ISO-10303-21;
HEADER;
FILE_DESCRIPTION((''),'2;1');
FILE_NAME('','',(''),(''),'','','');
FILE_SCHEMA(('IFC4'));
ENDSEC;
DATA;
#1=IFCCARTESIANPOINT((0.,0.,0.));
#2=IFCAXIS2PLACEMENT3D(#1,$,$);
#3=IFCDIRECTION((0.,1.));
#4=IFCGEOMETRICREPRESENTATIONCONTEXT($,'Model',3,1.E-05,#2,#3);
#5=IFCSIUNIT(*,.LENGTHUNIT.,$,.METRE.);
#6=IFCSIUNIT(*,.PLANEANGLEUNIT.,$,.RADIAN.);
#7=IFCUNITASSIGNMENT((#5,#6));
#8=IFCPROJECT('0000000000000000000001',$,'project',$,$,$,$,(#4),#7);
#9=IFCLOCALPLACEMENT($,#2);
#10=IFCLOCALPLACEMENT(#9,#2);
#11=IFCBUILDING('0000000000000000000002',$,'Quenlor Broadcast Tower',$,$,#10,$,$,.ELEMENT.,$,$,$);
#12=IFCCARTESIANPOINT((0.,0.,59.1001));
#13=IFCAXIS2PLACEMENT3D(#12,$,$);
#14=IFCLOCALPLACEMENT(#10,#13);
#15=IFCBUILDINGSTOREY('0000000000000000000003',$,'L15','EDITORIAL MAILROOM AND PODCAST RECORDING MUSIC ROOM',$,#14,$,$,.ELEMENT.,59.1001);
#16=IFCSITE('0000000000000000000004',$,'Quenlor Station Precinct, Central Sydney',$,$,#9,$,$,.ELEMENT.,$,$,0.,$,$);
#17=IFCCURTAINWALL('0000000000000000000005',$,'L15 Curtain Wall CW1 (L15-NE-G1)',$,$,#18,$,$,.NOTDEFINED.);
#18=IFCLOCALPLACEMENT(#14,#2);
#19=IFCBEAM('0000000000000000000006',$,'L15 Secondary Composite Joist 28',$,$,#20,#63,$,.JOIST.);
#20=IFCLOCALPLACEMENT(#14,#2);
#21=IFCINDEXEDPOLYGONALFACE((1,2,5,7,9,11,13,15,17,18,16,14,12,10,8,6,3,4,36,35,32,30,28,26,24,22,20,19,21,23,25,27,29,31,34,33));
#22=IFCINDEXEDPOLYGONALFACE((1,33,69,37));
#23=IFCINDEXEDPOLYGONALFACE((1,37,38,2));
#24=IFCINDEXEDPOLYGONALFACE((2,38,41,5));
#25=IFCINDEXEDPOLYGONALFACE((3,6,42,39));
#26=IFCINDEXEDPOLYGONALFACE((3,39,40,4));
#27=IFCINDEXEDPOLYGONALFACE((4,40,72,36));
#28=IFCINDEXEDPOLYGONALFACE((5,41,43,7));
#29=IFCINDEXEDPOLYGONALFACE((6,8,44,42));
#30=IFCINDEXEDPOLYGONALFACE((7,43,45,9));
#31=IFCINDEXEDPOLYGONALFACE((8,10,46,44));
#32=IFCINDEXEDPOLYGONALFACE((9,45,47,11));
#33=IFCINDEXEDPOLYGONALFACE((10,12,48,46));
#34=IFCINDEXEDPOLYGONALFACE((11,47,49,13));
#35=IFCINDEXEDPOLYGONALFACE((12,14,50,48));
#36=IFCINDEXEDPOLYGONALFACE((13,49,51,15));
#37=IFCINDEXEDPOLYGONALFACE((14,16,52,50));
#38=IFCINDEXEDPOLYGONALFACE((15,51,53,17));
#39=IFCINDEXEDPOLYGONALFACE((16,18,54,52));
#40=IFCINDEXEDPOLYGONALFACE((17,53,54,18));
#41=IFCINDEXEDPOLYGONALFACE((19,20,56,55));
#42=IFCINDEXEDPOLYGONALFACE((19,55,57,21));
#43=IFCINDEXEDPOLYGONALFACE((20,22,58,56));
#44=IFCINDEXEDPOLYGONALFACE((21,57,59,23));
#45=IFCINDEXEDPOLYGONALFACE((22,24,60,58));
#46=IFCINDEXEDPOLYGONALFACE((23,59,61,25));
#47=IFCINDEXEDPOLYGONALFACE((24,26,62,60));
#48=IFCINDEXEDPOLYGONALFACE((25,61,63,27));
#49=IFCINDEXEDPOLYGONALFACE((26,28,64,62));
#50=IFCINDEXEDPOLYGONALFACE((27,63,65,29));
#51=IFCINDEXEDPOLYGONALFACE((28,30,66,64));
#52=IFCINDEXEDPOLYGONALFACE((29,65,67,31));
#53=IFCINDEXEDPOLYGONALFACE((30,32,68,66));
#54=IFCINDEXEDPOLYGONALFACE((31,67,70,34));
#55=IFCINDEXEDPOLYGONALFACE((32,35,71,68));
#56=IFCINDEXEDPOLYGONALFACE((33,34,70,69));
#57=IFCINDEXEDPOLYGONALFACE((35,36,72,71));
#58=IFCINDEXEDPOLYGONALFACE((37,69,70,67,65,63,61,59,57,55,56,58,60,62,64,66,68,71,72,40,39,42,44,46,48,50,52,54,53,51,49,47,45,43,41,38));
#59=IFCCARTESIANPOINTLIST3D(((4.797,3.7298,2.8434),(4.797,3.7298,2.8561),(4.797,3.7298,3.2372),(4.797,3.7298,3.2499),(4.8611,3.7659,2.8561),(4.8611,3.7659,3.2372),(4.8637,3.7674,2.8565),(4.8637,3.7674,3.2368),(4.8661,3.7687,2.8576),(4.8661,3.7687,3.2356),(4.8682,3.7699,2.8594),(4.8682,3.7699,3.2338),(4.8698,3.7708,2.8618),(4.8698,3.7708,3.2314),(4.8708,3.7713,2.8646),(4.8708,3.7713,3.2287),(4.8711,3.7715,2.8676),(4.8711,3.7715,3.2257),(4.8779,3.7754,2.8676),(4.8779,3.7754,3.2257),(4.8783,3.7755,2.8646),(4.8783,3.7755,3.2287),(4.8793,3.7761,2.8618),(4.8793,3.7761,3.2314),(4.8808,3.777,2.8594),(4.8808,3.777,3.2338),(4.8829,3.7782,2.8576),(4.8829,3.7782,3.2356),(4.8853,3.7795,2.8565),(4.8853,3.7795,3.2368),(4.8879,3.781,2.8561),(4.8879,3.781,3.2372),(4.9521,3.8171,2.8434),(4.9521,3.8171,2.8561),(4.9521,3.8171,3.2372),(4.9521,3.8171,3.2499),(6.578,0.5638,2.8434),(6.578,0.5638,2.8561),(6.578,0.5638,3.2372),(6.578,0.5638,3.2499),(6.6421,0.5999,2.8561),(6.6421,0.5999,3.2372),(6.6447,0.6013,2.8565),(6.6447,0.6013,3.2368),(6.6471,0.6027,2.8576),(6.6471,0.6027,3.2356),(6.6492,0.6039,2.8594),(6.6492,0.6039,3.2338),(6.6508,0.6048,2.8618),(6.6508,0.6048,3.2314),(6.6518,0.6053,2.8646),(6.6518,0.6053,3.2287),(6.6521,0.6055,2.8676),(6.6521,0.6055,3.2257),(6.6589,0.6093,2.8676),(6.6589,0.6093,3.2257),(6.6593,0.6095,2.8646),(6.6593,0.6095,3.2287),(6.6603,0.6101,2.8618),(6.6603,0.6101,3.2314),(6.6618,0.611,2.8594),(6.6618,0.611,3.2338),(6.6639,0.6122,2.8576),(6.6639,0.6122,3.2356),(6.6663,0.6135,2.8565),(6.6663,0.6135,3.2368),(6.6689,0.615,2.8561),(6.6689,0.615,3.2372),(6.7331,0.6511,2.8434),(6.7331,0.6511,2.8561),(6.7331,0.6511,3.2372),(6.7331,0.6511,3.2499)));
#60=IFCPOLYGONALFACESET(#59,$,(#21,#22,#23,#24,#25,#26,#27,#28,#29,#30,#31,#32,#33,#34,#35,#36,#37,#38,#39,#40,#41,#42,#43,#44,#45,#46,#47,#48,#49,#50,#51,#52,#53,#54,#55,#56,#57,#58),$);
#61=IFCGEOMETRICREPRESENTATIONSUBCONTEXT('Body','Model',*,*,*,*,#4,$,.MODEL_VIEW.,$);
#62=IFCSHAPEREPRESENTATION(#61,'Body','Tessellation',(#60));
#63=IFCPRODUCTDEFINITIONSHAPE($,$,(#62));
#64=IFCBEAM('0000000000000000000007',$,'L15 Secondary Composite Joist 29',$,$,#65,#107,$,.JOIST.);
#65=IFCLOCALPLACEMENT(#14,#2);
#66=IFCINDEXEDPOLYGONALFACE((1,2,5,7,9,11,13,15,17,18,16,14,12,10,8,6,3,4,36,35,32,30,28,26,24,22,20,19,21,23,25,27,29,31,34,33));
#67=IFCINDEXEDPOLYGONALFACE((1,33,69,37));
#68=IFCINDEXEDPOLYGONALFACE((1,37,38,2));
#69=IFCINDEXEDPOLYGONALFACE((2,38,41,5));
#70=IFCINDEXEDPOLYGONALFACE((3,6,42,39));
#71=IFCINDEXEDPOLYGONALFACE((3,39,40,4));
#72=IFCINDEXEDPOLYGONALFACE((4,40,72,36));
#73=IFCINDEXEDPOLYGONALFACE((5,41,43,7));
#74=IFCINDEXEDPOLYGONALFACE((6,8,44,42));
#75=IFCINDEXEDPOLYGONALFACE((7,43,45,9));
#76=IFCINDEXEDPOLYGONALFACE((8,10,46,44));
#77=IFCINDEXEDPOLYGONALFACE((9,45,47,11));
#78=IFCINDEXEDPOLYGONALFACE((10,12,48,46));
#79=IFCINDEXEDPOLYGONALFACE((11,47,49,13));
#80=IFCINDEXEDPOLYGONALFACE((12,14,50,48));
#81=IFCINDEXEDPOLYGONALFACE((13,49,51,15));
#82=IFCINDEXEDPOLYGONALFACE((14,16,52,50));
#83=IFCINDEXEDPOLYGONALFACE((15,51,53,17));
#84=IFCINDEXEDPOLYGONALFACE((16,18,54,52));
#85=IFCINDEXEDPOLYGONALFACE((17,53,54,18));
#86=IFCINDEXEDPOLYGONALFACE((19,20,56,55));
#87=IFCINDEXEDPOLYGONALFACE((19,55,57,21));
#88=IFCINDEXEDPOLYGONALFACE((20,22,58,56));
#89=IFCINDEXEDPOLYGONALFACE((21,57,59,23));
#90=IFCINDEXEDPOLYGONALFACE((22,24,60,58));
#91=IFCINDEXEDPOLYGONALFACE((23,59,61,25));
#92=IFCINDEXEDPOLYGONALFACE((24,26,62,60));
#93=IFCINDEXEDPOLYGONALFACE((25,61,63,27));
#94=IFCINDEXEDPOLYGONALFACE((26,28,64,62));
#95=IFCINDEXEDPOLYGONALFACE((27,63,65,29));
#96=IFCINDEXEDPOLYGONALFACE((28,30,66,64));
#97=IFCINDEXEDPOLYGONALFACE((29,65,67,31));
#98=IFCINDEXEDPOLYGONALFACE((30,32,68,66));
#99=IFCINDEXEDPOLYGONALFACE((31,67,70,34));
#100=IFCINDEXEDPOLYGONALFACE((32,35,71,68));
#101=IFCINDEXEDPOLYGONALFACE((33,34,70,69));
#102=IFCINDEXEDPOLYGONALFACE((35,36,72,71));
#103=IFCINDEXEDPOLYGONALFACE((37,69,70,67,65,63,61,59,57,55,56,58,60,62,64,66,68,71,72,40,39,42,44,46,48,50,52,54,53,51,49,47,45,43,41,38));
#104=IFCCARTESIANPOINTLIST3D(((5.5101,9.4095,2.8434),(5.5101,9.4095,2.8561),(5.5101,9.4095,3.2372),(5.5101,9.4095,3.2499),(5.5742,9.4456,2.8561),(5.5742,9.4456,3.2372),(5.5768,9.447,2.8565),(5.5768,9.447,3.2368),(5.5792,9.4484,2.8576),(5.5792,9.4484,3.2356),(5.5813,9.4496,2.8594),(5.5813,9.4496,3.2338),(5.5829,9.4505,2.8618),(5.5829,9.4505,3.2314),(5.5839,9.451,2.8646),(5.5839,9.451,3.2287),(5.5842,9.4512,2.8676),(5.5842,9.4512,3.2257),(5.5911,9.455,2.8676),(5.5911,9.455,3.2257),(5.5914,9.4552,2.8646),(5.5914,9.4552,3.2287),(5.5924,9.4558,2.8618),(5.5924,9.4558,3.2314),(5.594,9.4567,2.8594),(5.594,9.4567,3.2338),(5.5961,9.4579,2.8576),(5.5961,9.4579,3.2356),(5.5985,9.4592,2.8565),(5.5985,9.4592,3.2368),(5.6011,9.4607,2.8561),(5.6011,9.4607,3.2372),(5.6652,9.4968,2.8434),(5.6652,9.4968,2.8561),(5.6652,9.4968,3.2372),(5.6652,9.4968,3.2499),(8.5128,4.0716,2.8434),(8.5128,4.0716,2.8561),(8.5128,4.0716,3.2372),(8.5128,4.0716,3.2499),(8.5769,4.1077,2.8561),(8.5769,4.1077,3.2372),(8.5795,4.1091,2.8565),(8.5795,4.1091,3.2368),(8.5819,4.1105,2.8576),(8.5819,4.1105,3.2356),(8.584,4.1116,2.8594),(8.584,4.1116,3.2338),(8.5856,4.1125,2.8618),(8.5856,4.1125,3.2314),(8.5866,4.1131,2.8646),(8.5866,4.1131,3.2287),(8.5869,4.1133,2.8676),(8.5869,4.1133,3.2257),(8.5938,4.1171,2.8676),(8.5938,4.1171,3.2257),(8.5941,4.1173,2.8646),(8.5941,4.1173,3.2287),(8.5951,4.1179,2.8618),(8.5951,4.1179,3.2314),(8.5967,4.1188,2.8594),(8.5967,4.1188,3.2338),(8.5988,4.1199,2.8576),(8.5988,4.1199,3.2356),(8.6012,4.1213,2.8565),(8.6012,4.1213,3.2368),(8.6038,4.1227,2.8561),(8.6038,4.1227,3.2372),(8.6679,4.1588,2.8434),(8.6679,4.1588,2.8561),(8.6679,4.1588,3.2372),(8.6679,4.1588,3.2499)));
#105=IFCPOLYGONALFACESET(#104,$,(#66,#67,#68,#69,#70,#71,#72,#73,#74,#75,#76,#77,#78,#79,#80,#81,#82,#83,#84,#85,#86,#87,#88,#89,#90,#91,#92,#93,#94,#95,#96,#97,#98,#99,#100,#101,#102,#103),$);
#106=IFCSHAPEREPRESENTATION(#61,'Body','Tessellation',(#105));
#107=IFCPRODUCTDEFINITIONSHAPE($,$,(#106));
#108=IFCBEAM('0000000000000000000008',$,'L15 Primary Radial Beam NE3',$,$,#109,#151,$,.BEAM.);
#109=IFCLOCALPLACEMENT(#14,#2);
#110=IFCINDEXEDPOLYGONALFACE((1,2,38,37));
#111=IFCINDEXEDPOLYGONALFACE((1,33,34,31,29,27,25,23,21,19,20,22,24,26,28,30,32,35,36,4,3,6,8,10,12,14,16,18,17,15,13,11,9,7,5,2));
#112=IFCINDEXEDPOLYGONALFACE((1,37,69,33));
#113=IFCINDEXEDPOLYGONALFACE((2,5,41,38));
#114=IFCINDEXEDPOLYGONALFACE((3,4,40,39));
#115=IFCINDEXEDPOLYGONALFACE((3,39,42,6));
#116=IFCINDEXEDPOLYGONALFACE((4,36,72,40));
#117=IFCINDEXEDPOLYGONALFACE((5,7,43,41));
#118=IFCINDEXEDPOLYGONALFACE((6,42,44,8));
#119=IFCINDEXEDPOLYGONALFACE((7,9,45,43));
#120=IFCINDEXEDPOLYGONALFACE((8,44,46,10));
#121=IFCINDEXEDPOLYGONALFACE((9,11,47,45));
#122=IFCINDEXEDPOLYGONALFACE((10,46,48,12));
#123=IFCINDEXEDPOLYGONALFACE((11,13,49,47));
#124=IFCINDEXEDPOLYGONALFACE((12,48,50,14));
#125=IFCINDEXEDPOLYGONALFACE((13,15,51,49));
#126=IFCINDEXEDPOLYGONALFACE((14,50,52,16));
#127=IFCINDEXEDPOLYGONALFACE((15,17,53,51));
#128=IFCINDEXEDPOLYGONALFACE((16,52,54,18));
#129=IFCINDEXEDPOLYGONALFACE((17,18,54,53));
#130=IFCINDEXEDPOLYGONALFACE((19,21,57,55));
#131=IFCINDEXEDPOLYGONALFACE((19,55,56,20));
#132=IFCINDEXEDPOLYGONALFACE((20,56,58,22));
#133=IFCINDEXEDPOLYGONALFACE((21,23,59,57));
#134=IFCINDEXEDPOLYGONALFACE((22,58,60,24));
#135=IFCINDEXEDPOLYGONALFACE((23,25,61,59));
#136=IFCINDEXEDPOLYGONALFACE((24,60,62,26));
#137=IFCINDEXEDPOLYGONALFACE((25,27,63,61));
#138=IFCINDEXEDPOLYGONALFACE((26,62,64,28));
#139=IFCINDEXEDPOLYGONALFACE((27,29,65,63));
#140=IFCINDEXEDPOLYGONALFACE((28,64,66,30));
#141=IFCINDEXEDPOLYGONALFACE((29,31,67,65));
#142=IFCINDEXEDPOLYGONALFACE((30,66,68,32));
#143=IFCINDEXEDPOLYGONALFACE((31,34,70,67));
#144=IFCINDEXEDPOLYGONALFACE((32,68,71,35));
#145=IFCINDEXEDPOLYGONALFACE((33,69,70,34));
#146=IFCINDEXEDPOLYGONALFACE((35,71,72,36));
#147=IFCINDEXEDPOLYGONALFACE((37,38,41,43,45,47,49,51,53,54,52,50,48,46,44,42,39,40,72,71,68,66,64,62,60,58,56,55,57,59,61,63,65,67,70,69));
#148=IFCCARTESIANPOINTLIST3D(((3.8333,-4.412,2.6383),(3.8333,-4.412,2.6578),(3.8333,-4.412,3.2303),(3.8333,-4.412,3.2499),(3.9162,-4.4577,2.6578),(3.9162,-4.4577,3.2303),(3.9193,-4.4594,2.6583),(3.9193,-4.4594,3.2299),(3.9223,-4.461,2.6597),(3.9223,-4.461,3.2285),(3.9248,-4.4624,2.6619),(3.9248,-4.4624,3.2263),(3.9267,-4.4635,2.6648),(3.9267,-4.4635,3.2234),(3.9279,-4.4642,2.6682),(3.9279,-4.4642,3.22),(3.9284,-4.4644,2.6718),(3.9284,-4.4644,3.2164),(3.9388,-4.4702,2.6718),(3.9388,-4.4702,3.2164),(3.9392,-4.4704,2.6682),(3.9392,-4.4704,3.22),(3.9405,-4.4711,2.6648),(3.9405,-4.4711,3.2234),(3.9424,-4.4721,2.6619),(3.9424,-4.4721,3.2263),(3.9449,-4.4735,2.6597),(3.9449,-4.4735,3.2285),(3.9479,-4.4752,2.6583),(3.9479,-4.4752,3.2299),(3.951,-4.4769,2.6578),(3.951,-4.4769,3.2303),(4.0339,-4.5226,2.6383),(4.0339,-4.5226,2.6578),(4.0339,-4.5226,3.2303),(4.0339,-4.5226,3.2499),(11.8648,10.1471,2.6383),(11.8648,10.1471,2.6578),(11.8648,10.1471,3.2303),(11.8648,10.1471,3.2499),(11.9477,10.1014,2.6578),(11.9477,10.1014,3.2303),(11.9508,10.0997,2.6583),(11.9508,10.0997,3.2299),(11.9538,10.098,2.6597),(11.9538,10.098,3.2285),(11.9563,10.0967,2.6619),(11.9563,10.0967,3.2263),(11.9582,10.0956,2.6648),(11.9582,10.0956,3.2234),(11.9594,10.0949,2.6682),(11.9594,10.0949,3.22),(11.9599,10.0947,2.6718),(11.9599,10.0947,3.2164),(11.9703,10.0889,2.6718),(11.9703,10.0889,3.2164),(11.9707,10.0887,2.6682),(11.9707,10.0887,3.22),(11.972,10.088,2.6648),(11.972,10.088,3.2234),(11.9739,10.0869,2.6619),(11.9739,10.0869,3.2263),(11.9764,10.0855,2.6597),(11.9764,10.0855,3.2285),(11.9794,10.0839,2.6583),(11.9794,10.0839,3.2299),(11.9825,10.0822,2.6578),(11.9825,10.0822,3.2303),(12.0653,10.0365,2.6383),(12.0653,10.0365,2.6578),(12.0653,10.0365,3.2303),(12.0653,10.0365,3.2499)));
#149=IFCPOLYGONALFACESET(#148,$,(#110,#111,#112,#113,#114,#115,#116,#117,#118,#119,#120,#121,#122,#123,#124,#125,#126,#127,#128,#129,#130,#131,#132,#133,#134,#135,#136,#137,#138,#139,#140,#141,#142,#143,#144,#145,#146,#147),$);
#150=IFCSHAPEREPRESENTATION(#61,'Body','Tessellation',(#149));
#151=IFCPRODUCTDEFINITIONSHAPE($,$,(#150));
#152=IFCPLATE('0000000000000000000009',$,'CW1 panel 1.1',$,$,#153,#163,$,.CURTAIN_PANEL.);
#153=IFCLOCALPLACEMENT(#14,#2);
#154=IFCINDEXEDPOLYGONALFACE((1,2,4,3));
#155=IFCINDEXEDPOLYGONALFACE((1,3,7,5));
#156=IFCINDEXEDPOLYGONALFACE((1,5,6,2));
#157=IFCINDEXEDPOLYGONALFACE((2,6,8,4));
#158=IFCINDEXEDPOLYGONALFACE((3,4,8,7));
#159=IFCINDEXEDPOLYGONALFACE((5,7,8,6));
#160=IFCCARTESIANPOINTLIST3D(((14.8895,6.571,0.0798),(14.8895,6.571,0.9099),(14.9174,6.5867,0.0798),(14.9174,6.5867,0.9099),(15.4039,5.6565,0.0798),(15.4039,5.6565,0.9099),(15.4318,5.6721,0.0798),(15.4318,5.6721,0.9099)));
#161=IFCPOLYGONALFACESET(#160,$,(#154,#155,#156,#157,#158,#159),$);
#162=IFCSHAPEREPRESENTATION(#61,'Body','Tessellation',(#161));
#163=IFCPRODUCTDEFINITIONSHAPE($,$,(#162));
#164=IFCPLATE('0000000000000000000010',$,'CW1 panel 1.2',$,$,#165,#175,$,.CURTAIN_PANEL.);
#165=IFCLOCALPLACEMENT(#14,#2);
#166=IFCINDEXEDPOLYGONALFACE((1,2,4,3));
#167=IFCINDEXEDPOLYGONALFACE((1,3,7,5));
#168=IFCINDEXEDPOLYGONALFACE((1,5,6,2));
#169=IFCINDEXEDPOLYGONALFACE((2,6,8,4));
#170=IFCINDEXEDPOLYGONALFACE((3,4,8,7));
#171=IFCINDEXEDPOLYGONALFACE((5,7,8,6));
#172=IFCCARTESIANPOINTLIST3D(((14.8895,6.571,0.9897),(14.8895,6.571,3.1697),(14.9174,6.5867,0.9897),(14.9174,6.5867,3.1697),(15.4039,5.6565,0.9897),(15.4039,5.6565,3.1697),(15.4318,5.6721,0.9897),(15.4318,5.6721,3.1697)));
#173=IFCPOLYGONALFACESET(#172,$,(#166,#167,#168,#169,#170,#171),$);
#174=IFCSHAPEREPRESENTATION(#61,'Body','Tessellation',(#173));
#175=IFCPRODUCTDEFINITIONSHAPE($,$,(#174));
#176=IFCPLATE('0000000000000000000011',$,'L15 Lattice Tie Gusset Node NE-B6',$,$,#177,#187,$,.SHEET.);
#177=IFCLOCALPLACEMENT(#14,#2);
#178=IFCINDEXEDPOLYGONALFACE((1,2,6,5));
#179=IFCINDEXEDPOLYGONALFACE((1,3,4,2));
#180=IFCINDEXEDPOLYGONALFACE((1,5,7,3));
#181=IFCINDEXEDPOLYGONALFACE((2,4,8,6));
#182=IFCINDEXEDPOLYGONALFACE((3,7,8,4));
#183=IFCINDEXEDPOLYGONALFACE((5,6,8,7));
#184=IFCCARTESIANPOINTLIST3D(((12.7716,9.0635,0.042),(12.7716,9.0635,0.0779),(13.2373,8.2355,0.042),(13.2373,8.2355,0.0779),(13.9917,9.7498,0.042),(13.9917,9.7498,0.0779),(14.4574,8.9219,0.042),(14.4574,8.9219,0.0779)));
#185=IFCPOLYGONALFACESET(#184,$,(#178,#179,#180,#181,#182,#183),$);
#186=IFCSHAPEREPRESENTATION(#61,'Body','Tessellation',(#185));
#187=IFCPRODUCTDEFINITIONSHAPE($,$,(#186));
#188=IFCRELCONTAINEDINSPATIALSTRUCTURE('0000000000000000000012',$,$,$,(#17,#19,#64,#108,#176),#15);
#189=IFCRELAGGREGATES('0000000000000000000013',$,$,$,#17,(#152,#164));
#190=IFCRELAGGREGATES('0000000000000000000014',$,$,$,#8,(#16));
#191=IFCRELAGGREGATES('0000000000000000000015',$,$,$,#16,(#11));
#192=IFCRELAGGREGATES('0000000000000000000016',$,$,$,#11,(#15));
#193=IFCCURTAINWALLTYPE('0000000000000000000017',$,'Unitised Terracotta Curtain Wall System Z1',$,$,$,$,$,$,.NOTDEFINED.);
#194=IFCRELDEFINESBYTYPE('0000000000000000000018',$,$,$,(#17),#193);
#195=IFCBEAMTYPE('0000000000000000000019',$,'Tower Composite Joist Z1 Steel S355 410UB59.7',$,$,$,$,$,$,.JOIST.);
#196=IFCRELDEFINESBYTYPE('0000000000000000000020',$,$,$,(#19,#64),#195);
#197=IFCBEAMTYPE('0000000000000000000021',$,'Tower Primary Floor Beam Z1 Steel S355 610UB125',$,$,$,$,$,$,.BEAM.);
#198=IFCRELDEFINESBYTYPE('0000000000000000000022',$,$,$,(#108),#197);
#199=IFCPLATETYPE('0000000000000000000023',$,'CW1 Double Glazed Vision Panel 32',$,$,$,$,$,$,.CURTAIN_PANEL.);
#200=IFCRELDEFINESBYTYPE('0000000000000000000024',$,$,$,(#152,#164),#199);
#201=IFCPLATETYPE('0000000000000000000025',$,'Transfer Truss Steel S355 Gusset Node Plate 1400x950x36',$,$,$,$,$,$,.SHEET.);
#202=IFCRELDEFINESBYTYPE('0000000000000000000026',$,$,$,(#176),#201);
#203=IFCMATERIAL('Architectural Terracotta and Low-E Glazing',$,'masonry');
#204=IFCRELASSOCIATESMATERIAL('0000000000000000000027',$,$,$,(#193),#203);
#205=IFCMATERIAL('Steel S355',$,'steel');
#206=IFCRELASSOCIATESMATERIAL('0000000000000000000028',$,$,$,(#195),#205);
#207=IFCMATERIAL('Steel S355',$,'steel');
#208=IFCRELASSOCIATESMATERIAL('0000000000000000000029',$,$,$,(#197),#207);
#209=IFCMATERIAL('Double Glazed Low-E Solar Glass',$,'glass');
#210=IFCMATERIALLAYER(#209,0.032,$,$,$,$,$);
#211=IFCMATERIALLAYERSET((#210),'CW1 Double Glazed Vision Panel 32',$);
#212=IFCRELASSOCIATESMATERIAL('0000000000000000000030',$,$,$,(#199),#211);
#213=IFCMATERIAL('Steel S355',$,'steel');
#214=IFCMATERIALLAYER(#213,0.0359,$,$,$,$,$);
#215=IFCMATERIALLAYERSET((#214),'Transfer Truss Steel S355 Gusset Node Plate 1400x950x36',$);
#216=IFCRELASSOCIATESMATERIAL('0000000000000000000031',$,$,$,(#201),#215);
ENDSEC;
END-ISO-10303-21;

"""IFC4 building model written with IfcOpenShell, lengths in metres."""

from ifc_helpers import new_model, si_unit, direction, frame, origin, origin_2d, place, context, subcontext, project, spatial, rectangle, i_section, extrude, material, layer, layer_set, material_profile, profile_set, type_object, element, aggregate, save


model = new_model("IFC4")

# Units and contexts
model_context = context("Model", 3, precision=1e-05, world=origin(), true_north=direction((0.0, 1.0)))
body_context = subcontext(model_context, "Body", "Model", "MODEL_VIEW")
ifc_project = project(units=[si_unit("LENGTHUNIT", "METRE"), si_unit("PLANEANGLEUNIT", "RADIAN")], contexts=[model_context])

# Site, building, storey
site_placement = place(None, origin())
site = spatial("IfcSite", under=ifc_project, at=site_placement, Name="Quenlor Station Precinct, Central Sydney", CompositionType="ELEMENT", RefElevation=0.0)
building_placement = place(site_placement, origin())
building = spatial("IfcBuilding", under=site, at=building_placement, Name="Quenlor Broadcast Tower", CompositionType="ELEMENT")
storey_placement = place(building_placement, frame((0.0, 0.0, 59.1001)))
storey = spatial("IfcBuildingStorey", under=building, at=storey_placement, Name="L15", Description="EDITORIAL MAILROOM AND PODCAST RECORDING MUSIC ROOM", CompositionType="ELEMENT", Elevation=59.1001)

# Curtain wall
ifc_material_1 = material(Name="Architectural Terracotta and Low-E Glazing", Category="masonry")
curtain_wall_type = type_object("IfcCurtainWallType", Name="Unitised Terracotta Curtain Wall System Z1", PredefinedType="NOTDEFINED", material=ifc_material_1)
curtain_wall_placement = place(storey_placement, origin())
curtain_wall = element("IfcCurtainWall", 1, at=curtain_wall_placement, inside=storey, type_object=curtain_wall_type, Name="L15 Curtain Wall CW1 (L15-NE-G1)", PredefinedType="NOTDEFINED")

# Beams
ifc_material_2 = material(Name="Steel S355", Category="steel")
ifc_material_profile_1 = material_profile(ifc_material_2, i_section(OverallWidth=0.178, OverallDepth=0.4065, WebThickness=0.0078, FlangeThickness=0.0127, FilletRadius=0.0115, at=origin_2d()))
ifc_profile_set_1 = profile_set([ifc_material_profile_1], Name="Steel S355 410UB59.7")
beam_type_1 = type_object("IfcBeamType", Name="Tower Composite Joist Z1 Steel S355 410UB59.7", PredefinedType="JOIST", material=ifc_profile_set_1)
beam_1_placement = place(storey_placement, frame((4.8745, 3.7734, 3.0466), z_axis=(0.490287, -0.871561, 0.0), x_axis=(0.871561, 0.490287, 0.0)))
element("IfcBeam", 2, at=beam_1_placement, inside=storey, type_object=beam_type_1, Name="L15 Secondary Composite Joist 28", PredefinedType="JOIST", context=body_context, shape_type="SweptSolid", body=[
    extrude(i_section(OverallWidth=0.178, OverallDepth=0.4065, WebThickness=0.0078, FlangeThickness=0.0127, FilletRadius=0.0115, at=origin_2d()), origin(), (0.0, 0.0, 1.0), 3.6326),
])
beam_2_placement = place(storey_placement, frame((5.5876, 9.4531, 3.0466), z_axis=(0.490276, -0.871567, 0.0), x_axis=(0.871567, 0.490276, 0.0)))
element("IfcBeam", 3, at=beam_2_placement, inside=storey, type_object=beam_type_1, Name="L15 Secondary Composite Joist 29", PredefinedType="JOIST", context=body_context, shape_type="SweptSolid", body=[
    extrude(i_section(OverallWidth=0.178, OverallDepth=0.4065, WebThickness=0.0078, FlangeThickness=0.0127, FilletRadius=0.0115, at=origin_2d()), origin(), (0.0, 0.0, 1.0), 6.1245),
])
ifc_material_3 = material(Name="Steel S355", Category="steel")
ifc_material_profile_2 = material_profile(ifc_material_3, i_section(OverallWidth=0.229, OverallDepth=0.6116, WebThickness=0.012, FlangeThickness=0.0195, FilletRadius=0.0139, at=origin_2d()))
ifc_profile_set_2 = profile_set([ifc_material_profile_2], Name="Steel S355 610UB125")
beam_type_2 = type_object("IfcBeamType", Name="Tower Primary Floor Beam Z1 Steel S355 610UB125", PredefinedType="BEAM", material=ifc_profile_set_2)
beam_3_placement = place(storey_placement, frame((11.9651, 10.0918, 2.9441), z_axis=(-0.483026, -0.875606, 0.0), x_axis=(0.875606, -0.483026, 0.0)))
element("IfcBeam", 4, at=beam_3_placement, inside=storey, type_object=beam_type_2, Name="L15 Primary Radial Beam NE3", PredefinedType="BEAM", context=body_context, shape_type="SweptSolid", body=[
    extrude(i_section(OverallWidth=0.229, OverallDepth=0.6116, WebThickness=0.012, FlangeThickness=0.0195, FilletRadius=0.0139, at=origin_2d()), origin(), (0.0, 0.0, 1.0), 16.6274),
])

# Plates
ifc_material_4 = material(Name="Double Glazed Low-E Solar Glass", Category="glass")
ifc_layer_1 = layer(ifc_material_4, 0.032)
ifc_layer_set_1 = layer_set([ifc_layer_1], Name="CW1 Double Glazed Vision Panel 32")
plate_type_1 = type_object("IfcPlateType", Name="CW1 Double Glazed Vision Panel 32", PredefinedType="CURTAIN_PANEL", material=ifc_layer_set_1)
plate_1_placement = place(storey_placement, frame((15.1606, 6.1216, 0.0798), z_axis=(0.0, 0.0, 1.0), x_axis=(0.490277, -0.871567, 0.0)))
plate_1 = element("IfcPlate", 5, at=plate_1_placement, type_object=plate_type_1, Name="CW1 panel 1.1", PredefinedType="CURTAIN_PANEL", context=body_context, shape_type="SweptSolid", body=[
    extrude(rectangle(XDim=1.0493, YDim=0.032, at=origin_2d()), origin(), (0.0, 0.0, 1.0), 0.8301),
])
plate_2_placement = place(storey_placement, frame((15.1606, 6.1216, 0.9897), z_axis=(0.0, 0.0, 1.0), x_axis=(0.490277, -0.871567, 0.0)))
plate_2 = element("IfcPlate", 6, at=plate_2_placement, type_object=plate_type_1, Name="CW1 panel 1.2", PredefinedType="CURTAIN_PANEL", context=body_context, shape_type="SweptSolid", body=[
    extrude(rectangle(XDim=1.0493, YDim=0.032, at=origin_2d()), origin(), (0.0, 0.0, 1.0), 2.1799),
])
aggregate(curtain_wall, [plate_1, plate_2])

# Plate
ifc_material_5 = material(Name="Steel S355", Category="steel")
ifc_layer_2 = layer(ifc_material_5, 0.0359)
ifc_layer_set_2 = layer_set([ifc_layer_2], Name="Transfer Truss Steel S355 Gusset Node Plate 1400x950x36")
plate_type_2 = type_object("IfcPlateType", Name="Transfer Truss Steel S355 Gusset Node Plate 1400x950x36", PredefinedType="SHEET", material=ifc_layer_set_2)
for number, where, z_axis, x_axis, name in (
    (7, (13.6145, 8.9927, 0.042), (0.0, 0.0, 1.0), (0.871556, 0.490295, 0.0), "L15 Lattice Tie Gusset Node NE-B6"),
):
    element("IfcPlate", number, at=place(storey_placement, frame(where, z_axis=z_axis, x_axis=x_axis)), inside=storey, type_object=plate_type_2, Name=name, PredefinedType="SHEET", context=body_context, shape_type="SweptSolid", body=[
        extrude(rectangle(XDim=1.3999, YDim=0.95, at=origin_2d()), origin(), (0.0, 0.0, 1.0), 0.0359),
    ])

save(model, "model.ifc")
